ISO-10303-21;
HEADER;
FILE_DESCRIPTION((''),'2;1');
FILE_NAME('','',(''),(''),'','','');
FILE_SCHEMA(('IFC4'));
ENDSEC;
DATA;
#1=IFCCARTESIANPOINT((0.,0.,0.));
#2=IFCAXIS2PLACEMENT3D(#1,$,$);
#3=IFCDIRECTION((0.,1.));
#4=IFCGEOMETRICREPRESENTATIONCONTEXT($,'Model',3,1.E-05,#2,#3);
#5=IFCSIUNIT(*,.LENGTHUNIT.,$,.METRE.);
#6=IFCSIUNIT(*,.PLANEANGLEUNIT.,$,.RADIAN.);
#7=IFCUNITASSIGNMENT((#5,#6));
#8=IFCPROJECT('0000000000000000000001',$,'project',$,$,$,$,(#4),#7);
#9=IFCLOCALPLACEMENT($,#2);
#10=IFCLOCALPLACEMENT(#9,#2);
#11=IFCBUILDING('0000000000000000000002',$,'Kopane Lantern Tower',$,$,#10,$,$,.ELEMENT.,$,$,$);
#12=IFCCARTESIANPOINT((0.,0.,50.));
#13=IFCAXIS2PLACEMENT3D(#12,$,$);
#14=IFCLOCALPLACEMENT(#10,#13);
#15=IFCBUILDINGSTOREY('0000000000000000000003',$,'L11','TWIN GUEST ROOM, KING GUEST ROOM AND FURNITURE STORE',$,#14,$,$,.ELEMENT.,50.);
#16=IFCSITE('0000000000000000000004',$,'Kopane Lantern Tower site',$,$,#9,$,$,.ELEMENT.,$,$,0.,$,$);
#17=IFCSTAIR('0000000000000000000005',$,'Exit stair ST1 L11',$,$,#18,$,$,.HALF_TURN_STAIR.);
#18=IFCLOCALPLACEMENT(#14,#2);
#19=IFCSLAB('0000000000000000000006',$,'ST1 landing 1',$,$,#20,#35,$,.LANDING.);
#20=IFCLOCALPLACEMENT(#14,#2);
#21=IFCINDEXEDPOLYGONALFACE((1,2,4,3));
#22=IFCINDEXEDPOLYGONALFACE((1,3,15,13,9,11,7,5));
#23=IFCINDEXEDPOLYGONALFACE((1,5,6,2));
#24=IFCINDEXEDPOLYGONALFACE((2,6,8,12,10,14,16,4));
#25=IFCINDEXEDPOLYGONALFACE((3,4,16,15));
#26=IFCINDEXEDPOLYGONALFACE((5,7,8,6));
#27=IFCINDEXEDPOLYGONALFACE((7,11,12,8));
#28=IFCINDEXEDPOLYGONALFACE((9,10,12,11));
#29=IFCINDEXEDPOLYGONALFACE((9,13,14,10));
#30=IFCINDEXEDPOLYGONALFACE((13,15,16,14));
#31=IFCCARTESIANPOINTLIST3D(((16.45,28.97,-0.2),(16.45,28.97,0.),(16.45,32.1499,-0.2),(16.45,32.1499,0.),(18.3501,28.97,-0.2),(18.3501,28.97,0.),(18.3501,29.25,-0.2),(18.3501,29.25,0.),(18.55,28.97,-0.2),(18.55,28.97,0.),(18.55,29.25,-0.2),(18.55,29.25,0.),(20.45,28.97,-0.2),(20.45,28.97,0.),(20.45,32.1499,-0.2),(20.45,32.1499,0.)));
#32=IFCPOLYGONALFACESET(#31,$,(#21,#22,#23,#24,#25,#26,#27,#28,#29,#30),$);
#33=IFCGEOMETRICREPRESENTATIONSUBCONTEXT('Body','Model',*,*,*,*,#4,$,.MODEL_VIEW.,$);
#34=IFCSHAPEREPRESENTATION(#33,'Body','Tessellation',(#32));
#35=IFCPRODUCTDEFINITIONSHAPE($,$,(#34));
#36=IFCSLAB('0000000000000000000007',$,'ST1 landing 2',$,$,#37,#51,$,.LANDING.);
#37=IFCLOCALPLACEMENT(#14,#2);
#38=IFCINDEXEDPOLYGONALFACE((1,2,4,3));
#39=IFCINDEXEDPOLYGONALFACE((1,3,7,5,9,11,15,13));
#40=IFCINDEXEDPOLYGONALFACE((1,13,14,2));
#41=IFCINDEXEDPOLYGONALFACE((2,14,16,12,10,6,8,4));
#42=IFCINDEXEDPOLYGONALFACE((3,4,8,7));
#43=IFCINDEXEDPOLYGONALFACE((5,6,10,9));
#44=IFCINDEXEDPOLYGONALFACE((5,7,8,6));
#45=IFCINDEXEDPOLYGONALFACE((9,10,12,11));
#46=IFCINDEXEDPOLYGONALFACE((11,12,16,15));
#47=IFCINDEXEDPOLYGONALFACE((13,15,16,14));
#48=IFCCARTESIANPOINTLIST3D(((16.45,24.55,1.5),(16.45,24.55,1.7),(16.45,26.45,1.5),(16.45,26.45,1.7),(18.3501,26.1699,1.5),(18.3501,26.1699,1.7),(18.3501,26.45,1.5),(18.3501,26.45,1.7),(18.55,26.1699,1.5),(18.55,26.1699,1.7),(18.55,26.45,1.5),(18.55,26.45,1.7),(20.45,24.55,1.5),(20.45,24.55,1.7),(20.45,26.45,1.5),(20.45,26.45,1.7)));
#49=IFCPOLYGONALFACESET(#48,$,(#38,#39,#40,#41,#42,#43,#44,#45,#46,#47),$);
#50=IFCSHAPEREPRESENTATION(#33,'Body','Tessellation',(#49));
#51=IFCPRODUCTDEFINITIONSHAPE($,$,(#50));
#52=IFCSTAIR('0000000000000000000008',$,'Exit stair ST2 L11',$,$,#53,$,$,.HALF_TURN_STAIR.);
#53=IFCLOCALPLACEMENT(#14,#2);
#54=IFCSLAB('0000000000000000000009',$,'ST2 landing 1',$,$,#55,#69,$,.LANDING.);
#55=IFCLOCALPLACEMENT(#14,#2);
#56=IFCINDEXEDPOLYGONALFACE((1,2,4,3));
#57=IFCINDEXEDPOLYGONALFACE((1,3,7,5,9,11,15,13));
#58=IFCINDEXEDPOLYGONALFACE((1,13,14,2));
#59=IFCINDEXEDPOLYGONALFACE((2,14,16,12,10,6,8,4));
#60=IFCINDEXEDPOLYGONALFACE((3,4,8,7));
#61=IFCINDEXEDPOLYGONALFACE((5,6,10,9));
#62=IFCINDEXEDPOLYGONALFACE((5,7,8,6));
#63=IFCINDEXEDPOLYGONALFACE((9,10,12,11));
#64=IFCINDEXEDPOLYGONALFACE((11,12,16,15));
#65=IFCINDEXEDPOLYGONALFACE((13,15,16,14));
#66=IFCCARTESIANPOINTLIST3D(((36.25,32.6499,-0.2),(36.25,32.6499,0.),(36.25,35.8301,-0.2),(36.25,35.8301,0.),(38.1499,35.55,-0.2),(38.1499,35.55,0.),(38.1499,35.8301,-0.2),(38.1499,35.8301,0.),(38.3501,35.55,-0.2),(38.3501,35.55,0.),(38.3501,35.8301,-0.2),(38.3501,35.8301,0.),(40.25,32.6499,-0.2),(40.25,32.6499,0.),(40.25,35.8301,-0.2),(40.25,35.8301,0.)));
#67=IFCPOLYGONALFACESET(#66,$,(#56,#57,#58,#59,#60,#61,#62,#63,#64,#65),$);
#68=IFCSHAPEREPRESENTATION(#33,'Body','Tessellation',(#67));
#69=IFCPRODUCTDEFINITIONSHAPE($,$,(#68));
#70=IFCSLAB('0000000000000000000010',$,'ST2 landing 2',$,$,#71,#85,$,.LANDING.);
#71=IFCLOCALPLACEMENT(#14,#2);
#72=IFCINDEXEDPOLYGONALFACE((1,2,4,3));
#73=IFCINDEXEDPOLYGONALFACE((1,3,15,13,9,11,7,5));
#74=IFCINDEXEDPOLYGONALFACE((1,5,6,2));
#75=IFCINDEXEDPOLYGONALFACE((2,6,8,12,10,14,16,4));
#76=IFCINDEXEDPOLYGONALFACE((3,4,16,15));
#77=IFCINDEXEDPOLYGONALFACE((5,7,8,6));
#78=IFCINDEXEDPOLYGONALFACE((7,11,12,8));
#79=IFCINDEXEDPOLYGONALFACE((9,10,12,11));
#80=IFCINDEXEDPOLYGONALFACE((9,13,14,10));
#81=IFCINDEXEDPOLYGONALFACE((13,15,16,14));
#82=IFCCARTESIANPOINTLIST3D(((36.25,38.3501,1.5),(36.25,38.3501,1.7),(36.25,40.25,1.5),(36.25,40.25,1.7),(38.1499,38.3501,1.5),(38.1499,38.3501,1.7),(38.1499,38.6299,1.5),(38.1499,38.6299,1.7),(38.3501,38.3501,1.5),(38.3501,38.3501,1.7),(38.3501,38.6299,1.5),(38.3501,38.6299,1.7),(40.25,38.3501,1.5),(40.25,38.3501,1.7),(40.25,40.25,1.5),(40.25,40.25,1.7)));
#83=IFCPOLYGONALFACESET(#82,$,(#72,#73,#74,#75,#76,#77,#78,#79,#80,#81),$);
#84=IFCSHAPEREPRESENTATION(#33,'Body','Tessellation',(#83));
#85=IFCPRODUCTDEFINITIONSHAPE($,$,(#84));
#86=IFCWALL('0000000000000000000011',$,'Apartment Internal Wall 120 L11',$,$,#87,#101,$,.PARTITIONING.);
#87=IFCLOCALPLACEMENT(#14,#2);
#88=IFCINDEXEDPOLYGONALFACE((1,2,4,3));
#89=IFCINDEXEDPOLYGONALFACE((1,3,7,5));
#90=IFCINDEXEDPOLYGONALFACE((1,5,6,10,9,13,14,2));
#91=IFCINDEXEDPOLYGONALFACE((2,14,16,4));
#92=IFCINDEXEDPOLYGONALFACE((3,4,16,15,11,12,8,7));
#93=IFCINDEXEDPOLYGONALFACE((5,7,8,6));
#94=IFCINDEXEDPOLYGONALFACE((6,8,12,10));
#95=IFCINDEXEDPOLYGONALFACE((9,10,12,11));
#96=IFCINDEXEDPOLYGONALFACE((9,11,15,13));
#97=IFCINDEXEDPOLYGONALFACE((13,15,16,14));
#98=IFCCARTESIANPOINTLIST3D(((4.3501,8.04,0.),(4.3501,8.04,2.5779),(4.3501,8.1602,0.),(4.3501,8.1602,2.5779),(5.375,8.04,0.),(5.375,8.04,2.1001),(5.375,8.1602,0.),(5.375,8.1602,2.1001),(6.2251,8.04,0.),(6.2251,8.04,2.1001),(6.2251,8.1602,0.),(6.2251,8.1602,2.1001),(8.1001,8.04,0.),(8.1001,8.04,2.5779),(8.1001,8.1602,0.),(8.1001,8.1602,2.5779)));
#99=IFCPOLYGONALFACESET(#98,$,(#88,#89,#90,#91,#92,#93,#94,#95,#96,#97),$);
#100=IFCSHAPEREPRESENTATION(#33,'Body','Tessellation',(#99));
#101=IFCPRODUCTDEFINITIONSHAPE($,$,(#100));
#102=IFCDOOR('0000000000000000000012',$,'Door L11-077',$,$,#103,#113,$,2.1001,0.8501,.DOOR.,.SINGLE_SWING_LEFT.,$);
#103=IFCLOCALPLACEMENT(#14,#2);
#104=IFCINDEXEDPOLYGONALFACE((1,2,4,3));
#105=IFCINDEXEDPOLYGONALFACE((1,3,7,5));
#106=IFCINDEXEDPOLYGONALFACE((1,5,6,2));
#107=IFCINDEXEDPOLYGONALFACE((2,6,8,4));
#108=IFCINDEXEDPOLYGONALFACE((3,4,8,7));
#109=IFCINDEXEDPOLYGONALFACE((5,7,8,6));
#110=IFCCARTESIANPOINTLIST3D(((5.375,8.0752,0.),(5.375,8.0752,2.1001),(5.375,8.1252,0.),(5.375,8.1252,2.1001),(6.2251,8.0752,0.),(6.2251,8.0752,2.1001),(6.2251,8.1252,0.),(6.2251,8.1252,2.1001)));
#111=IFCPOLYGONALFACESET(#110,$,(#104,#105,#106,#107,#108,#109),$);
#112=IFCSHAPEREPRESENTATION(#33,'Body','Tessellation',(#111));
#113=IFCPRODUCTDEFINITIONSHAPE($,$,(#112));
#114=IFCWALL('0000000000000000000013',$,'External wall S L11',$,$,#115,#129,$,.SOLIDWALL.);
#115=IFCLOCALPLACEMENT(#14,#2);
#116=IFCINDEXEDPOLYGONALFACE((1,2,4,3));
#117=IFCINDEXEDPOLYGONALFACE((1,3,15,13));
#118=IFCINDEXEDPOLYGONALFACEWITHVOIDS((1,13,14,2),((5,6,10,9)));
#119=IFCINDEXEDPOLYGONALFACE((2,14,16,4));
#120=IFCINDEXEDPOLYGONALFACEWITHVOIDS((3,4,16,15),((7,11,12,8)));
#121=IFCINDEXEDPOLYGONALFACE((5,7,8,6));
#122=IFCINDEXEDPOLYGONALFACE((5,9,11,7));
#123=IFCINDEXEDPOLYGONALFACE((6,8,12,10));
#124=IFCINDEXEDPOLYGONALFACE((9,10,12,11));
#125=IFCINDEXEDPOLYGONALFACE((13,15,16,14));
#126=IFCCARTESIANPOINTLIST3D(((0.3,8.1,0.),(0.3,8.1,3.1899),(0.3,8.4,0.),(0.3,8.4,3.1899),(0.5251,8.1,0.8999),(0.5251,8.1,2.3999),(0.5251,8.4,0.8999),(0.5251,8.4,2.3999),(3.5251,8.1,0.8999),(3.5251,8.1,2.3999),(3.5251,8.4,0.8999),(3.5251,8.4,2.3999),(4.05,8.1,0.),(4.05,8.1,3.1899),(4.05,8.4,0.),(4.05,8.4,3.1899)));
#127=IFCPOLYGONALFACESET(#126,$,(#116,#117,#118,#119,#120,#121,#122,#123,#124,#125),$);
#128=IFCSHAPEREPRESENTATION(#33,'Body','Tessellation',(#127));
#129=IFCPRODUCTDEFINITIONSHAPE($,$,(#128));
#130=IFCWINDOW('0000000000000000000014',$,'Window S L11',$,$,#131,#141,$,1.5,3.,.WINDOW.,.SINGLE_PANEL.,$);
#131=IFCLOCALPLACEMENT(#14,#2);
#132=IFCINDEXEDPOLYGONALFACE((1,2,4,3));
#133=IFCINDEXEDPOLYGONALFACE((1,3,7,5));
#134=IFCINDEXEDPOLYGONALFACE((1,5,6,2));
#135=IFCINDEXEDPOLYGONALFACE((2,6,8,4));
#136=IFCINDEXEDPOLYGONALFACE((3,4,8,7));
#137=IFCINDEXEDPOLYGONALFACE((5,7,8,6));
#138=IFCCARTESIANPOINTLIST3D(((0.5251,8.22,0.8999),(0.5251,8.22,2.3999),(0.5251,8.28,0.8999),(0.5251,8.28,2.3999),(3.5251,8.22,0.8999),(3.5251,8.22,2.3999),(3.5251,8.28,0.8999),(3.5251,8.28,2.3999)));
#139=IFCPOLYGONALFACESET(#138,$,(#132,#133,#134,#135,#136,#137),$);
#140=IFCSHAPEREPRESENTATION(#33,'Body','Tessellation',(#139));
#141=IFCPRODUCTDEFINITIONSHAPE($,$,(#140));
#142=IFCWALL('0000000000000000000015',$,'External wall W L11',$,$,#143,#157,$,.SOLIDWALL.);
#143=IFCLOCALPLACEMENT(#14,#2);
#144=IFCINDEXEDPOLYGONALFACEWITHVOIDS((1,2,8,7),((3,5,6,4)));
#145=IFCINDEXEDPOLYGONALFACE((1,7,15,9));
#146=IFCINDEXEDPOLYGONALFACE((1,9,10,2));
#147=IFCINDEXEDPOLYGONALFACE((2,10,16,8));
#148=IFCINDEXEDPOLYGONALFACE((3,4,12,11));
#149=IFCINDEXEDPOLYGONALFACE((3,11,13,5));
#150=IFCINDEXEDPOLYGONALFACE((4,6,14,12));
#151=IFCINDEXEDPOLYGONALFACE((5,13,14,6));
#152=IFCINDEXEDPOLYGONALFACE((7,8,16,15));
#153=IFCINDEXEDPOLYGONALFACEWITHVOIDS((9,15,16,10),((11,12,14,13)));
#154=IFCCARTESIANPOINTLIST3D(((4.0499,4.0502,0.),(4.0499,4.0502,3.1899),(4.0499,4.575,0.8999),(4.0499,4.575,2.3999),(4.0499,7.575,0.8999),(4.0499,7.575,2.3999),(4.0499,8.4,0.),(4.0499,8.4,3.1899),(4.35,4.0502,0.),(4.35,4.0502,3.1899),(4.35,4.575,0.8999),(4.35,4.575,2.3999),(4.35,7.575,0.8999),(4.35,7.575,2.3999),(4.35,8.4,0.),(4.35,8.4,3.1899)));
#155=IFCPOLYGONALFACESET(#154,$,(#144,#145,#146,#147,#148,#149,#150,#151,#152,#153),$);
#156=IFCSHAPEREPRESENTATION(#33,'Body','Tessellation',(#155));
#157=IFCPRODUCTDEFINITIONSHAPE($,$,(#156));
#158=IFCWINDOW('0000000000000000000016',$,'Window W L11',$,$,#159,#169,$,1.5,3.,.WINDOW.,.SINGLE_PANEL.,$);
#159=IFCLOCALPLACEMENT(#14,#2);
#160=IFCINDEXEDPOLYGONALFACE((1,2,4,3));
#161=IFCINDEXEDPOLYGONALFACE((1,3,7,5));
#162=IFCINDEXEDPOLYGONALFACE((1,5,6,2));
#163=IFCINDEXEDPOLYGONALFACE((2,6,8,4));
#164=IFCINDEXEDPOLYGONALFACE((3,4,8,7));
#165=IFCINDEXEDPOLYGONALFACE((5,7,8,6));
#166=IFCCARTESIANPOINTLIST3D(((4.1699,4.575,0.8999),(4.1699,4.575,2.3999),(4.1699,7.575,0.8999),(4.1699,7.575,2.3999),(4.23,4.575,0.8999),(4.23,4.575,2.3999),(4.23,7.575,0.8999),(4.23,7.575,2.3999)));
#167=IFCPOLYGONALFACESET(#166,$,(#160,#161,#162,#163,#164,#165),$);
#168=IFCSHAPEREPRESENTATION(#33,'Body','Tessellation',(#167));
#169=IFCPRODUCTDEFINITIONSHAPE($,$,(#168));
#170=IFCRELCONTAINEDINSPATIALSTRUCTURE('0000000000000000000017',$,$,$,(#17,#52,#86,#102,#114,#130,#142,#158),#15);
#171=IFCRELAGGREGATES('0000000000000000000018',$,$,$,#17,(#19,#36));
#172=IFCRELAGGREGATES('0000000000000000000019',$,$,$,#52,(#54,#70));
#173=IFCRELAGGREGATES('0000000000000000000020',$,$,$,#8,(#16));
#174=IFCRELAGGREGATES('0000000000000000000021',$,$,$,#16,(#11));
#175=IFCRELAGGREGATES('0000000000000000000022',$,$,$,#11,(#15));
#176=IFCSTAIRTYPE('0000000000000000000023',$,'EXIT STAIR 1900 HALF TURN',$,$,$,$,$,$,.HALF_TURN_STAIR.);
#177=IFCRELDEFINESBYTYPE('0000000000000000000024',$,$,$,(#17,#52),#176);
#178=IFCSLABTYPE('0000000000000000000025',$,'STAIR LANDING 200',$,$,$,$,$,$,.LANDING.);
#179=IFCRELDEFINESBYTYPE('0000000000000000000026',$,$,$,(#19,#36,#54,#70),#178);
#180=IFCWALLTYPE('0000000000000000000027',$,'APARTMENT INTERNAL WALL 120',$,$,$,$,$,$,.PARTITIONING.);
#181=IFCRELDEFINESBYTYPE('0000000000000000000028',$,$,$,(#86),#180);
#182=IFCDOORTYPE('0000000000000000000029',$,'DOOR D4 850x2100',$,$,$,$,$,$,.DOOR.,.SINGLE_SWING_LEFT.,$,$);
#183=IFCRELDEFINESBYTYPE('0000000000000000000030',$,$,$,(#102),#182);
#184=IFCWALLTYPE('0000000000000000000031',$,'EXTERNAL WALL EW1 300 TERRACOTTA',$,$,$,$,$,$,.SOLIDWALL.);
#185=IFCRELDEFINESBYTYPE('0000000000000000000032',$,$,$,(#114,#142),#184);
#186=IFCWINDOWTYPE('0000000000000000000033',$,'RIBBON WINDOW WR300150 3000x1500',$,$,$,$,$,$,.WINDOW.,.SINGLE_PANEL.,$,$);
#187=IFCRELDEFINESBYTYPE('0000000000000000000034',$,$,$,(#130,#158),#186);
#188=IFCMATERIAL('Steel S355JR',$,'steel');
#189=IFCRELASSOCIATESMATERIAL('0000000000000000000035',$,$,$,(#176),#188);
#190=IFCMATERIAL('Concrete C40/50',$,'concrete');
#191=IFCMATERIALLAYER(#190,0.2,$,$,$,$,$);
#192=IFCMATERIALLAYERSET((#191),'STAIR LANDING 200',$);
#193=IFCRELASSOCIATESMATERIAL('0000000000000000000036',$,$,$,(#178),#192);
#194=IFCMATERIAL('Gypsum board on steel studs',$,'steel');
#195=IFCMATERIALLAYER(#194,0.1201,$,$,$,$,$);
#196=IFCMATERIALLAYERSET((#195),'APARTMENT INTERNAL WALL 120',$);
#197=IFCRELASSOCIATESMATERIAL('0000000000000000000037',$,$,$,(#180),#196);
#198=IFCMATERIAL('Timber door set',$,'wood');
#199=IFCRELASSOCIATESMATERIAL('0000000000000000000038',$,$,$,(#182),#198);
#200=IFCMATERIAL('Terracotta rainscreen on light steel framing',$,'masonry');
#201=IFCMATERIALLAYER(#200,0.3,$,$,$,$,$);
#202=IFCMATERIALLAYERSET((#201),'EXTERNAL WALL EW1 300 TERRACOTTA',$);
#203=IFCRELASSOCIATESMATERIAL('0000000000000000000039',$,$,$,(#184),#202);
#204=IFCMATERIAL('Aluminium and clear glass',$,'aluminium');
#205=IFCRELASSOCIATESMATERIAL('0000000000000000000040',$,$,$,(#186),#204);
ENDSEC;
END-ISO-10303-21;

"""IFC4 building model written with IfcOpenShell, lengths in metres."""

from ifc_helpers import new_model, si_unit, direction, frame, frame_2d, origin, place, context, subcontext, project, spatial, polyline, rectangle, outline, extrude, material, layer, layer_set, type_object, element, fill, aggregate, save


model = new_model("IFC4")

# Units and contexts
model_context = context("Model", 3, precision=1e-05, world=origin(), true_north=direction((0.0, 1.0)))
body_context = subcontext(model_context, "Body", "Model", "MODEL_VIEW")
ifc_project = project(units=[si_unit("LENGTHUNIT", "METRE"), si_unit("PLANEANGLEUNIT", "RADIAN")], contexts=[model_context])

# Site, building, storey
site_placement = place(None, origin())
site = spatial("IfcSite", under=ifc_project, at=site_placement, Name="Kopane Lantern Tower site", CompositionType="ELEMENT", RefElevation=0.0)
building_placement = place(site_placement, origin())
building = spatial("IfcBuilding", under=site, at=building_placement, Name="Kopane Lantern Tower", CompositionType="ELEMENT")
storey_placement = place(building_placement, frame((0.0, 0.0, 50.0)))
storey = spatial("IfcBuildingStorey", under=building, at=storey_placement, Name="L11", Description="TWIN GUEST ROOM, KING GUEST ROOM AND FURNITURE STORE", CompositionType="ELEMENT", Elevation=50.0)

# Stairs, slabs
ifc_material_1 = material(Name="Steel S355JR", Category="steel")
stair_type = type_object("IfcStairType", Name="EXIT STAIR 1900 HALF TURN", PredefinedType="HALF_TURN_STAIR", material=ifc_material_1)
stair_1_placement = place(storey_placement, origin())
stair_1 = element("IfcStair", 1, at=stair_1_placement, inside=storey, type_object=stair_type, Name="Exit stair ST1 L11", PredefinedType="HALF_TURN_STAIR")
ifc_material_2 = material(Name="Concrete C40/50", Category="concrete")
ifc_layer_1 = layer(ifc_material_2, 0.2)
ifc_layer_set_1 = layer_set([ifc_layer_1], Name="STAIR LANDING 200")
slab_type_1 = type_object("IfcSlabType", Name="STAIR LANDING 200", PredefinedType="LANDING", material=ifc_layer_set_1)
slab_1_placement = place(storey_placement, frame((0.0, 0.0, -0.2)))
slab_1 = element("IfcSlab", 2, at=slab_1_placement, type_object=slab_type_1, Name="ST1 landing 1", PredefinedType="LANDING", context=body_context, shape_type="SweptSolid", body=[
    extrude(outline(polyline([(18.3501, 29.25), (18.55, 29.25), (18.55, 28.97), (20.45, 28.97), (20.45, 32.1499), (16.45, 32.1499), (16.45, 28.97), (18.3501, 28.97), (18.3501, 29.25)])), origin(), (0.0, 0.0, 1.0), 0.2),
])
slab_2_placement = place(storey_placement, frame((0.0, 0.0, 1.5)))
slab_2 = element("IfcSlab", 3, at=slab_2_placement, type_object=slab_type_1, Name="ST1 landing 2", PredefinedType="LANDING", context=body_context, shape_type="SweptSolid", body=[
    extrude(outline(polyline([(20.45, 26.45), (18.55, 26.45), (18.55, 26.1699), (18.3501, 26.1699), (18.3501, 26.45), (16.45, 26.45), (16.45, 24.55), (20.45, 24.55), (20.45, 26.45)])), origin(), (0.0, 0.0, 1.0), 0.2),
])
aggregate(stair_1, [slab_1, slab_2])
stair_2_placement = place(storey_placement, origin())
stair_2 = element("IfcStair", 4, at=stair_2_placement, inside=storey, type_object=stair_type, Name="Exit stair ST2 L11", PredefinedType="HALF_TURN_STAIR")
slab_3_placement = place(storey_placement, frame((0.0, 0.0, -0.2)))
slab_3 = element("IfcSlab", 5, at=slab_3_placement, type_object=slab_type_1, Name="ST2 landing 1", PredefinedType="LANDING", context=body_context, shape_type="SweptSolid", body=[
    extrude(outline(polyline([(40.25, 35.8301), (38.3501, 35.8301), (38.3501, 35.55), (38.1499, 35.55), (38.1499, 35.8301), (36.25, 35.8301), (36.25, 32.6499), (40.25, 32.6499), (40.25, 35.8301)])), origin(), (0.0, 0.0, 1.0), 0.2),
])
slab_4_placement = place(storey_placement, frame((0.0, 0.0, 1.5)))
slab_4 = element("IfcSlab", 6, at=slab_4_placement, type_object=slab_type_1, Name="ST2 landing 2", PredefinedType="LANDING", context=body_context, shape_type="SweptSolid", body=[
    extrude(outline(polyline([(38.1499, 38.6299), (38.3501, 38.6299), (38.3501, 38.3501), (40.25, 38.3501), (40.25, 40.25), (36.25, 40.25), (36.25, 38.3501), (38.1499, 38.3501), (38.1499, 38.6299)])), origin(), (0.0, 0.0, 1.0), 0.2),
])
aggregate(stair_2, [slab_3, slab_4])

# Wall, opening, door
ifc_material_3 = material(Name="Gypsum board on steel studs", Category="steel")
ifc_layer_2 = layer(ifc_material_3, 0.1201)
ifc_layer_set_2 = layer_set([ifc_layer_2], Name="APARTMENT INTERNAL WALL 120")
wall_type_1 = type_object("IfcWallType", Name="APARTMENT INTERNAL WALL 120", PredefinedType="PARTITIONING", material=ifc_layer_set_2)
wall_1_placement = place(storey_placement, frame((8.1001, 8.1001, 0.0), z_axis=(0.0, 0.0, 1.0), x_axis=(-1.0, 0.0, 0.0)))
wall_1 = element("IfcWall", 7, at=wall_1_placement, inside=storey, type_object=wall_type_1, Name="Apartment Internal Wall 120 L11", PredefinedType="PARTITIONING", context=body_context, shape_type="SweptSolid", body=[
    extrude(rectangle(XDim=3.75, YDim=0.1201, at=frame_2d((1.875, 0.0))), origin(), (0.0, 0.0, 1.0), 2.5779),
])
opening_1_placement = place(wall_1_placement, frame((1.875, 0.0, 0.0)))
opening_1 = element("IfcOpeningElement", 8, at=opening_1_placement, cuts=wall_1, PredefinedType="OPENING", context=body_context, shape_type="SweptSolid", body=[
    extrude(rectangle(XDim=0.8501, YDim=2.1001, at=frame_2d((0.425, 1.05))), frame((0.0, 0.0701, 0.0), z_axis=(0.0, -1.0, 0.0), x_axis=(1.0, 0.0, 0.0)), (0.0, 0.0, 1.0), 0.1401),
])
ifc_material_4 = material(Name="Timber door set", Category="wood")
door_type = type_object("IfcDoorType", Name="DOOR D4 850x2100", OperationType="SINGLE_SWING_LEFT", PredefinedType="DOOR", material=ifc_material_4)
door_placement = place(opening_1_placement, origin())
door = element("IfcDoor", 9, at=door_placement, inside=storey, type_object=door_type, Name="Door L11-077", OperationType="SINGLE_SWING_LEFT", OverallHeight=2.1001, OverallWidth=0.8501, PredefinedType="DOOR", context=body_context, shape_type="SweptSolid", body=[
    extrude(rectangle(XDim=0.8501, YDim=2.1001, at=frame_2d((0.425, 1.05))), frame((0.0, 0.0249, 0.0), z_axis=(0.0, -1.0, 0.0), x_axis=(1.0, 0.0, 0.0)), (0.0, 0.0, 1.0), 0.05),
])
fill(opening_1, door)

# Walls, openings, windows
ifc_material_5 = material(Name="Terracotta rainscreen on light steel framing", Category="masonry")
ifc_layer_3 = layer(ifc_material_5, 0.3)
ifc_layer_set_3 = layer_set([ifc_layer_3], Name="EXTERNAL WALL EW1 300 TERRACOTTA")
wall_type_2 = type_object("IfcWallType", Name="EXTERNAL WALL EW1 300 TERRACOTTA", PredefinedType="SOLIDWALL", material=ifc_layer_set_3)
wall_2_placement = place(storey_placement, frame((0.3, 8.25, 0.0), z_axis=(0.0, 0.0, 1.0), x_axis=(1.0, 0.0, 0.0)))
wall_2 = element("IfcWall", 10, at=wall_2_placement, inside=storey, type_object=wall_type_2, Name="External wall S L11", PredefinedType="SOLIDWALL", context=body_context, shape_type="SweptSolid", body=[
    extrude(rectangle(XDim=3.75, YDim=0.3, at=frame_2d((1.875, 0.0))), origin(), (0.0, 0.0, 1.0), 3.1899),
])
opening_2_placement = place(wall_2_placement, frame((0.2251, 0.0, 0.8999)))
opening_2 = element("IfcOpeningElement", 11, at=opening_2_placement, cuts=wall_2, PredefinedType="OPENING", context=body_context, shape_type="SweptSolid", body=[
    extrude(rectangle(XDim=3.0, YDim=1.5, at=frame_2d((1.5, 0.75))), frame((0.0, 0.1599, 0.0), z_axis=(0.0, -1.0, 0.0), x_axis=(1.0, 0.0, 0.0)), (0.0, 0.0, 1.0), 0.3201),
])
ifc_material_6 = material(Name="Aluminium and clear glass", Category="aluminium")
window_type = type_object("IfcWindowType", Name="RIBBON WINDOW WR300150 3000x1500", PartitioningType="SINGLE_PANEL", PredefinedType="WINDOW", material=ifc_material_6)
window_1_placement = place(opening_2_placement, origin())
window_1 = element("IfcWindow", 12, at=window_1_placement, inside=storey, type_object=window_type, Name="Window S L11", OverallHeight=1.5, OverallWidth=3.0, PartitioningType="SINGLE_PANEL", PredefinedType="WINDOW", context=body_context, shape_type="SweptSolid", body=[
    extrude(rectangle(XDim=3.0, YDim=1.5, at=frame_2d((1.5, 0.75))), frame((0.0, 0.03, 0.0), z_axis=(0.0, -1.0, 0.0), x_axis=(1.0, 0.0, 0.0)), (0.0, 0.0, 1.0), 0.0601),
])
fill(opening_2, window_1)
wall_3_placement = place(storey_placement, frame((4.2, 8.3999, 0.0), z_axis=(0.0, 0.0, 1.0), x_axis=(0.0, -1.0, 0.0)))
wall_3 = element("IfcWall", 13, at=wall_3_placement, inside=storey, type_object=wall_type_2, Name="External wall W L11", PredefinedType="SOLIDWALL", context=body_context, shape_type="SweptSolid", body=[
    extrude(rectangle(XDim=4.3499, YDim=0.3, at=frame_2d((2.1748, 0.0))), origin(), (0.0, 0.0, 1.0), 3.1899),
])
opening_3_placement = place(wall_3_placement, frame((0.825, 0.0, 0.8999)))
opening_3 = element("IfcOpeningElement", 14, at=opening_3_placement, cuts=wall_3, PredefinedType="OPENING", context=body_context, shape_type="SweptSolid", body=[
    extrude(rectangle(XDim=3.0, YDim=1.5, at=frame_2d((1.5, 0.75))), frame((0.0, 0.1599, 0.0), z_axis=(0.0, -1.0, 0.0), x_axis=(1.0, 0.0, 0.0)), (0.0, 0.0, 1.0), 0.3201),
])
window_2_placement = place(opening_3_placement, origin())
window_2 = element("IfcWindow", 15, at=window_2_placement, inside=storey, type_object=window_type, Name="Window W L11", OverallHeight=1.5, OverallWidth=3.0, PartitioningType="SINGLE_PANEL", PredefinedType="WINDOW", context=body_context, shape_type="SweptSolid", body=[
    extrude(rectangle(XDim=3.0, YDim=1.5, at=frame_2d((1.5, 0.75))), frame((0.0, 0.03, 0.0), z_axis=(0.0, -1.0, 0.0), x_axis=(1.0, 0.0, 0.0)), (0.0, 0.0, 1.0), 0.0601),
])
fill(opening_3, window_2)

save(model, "model.ifc")
